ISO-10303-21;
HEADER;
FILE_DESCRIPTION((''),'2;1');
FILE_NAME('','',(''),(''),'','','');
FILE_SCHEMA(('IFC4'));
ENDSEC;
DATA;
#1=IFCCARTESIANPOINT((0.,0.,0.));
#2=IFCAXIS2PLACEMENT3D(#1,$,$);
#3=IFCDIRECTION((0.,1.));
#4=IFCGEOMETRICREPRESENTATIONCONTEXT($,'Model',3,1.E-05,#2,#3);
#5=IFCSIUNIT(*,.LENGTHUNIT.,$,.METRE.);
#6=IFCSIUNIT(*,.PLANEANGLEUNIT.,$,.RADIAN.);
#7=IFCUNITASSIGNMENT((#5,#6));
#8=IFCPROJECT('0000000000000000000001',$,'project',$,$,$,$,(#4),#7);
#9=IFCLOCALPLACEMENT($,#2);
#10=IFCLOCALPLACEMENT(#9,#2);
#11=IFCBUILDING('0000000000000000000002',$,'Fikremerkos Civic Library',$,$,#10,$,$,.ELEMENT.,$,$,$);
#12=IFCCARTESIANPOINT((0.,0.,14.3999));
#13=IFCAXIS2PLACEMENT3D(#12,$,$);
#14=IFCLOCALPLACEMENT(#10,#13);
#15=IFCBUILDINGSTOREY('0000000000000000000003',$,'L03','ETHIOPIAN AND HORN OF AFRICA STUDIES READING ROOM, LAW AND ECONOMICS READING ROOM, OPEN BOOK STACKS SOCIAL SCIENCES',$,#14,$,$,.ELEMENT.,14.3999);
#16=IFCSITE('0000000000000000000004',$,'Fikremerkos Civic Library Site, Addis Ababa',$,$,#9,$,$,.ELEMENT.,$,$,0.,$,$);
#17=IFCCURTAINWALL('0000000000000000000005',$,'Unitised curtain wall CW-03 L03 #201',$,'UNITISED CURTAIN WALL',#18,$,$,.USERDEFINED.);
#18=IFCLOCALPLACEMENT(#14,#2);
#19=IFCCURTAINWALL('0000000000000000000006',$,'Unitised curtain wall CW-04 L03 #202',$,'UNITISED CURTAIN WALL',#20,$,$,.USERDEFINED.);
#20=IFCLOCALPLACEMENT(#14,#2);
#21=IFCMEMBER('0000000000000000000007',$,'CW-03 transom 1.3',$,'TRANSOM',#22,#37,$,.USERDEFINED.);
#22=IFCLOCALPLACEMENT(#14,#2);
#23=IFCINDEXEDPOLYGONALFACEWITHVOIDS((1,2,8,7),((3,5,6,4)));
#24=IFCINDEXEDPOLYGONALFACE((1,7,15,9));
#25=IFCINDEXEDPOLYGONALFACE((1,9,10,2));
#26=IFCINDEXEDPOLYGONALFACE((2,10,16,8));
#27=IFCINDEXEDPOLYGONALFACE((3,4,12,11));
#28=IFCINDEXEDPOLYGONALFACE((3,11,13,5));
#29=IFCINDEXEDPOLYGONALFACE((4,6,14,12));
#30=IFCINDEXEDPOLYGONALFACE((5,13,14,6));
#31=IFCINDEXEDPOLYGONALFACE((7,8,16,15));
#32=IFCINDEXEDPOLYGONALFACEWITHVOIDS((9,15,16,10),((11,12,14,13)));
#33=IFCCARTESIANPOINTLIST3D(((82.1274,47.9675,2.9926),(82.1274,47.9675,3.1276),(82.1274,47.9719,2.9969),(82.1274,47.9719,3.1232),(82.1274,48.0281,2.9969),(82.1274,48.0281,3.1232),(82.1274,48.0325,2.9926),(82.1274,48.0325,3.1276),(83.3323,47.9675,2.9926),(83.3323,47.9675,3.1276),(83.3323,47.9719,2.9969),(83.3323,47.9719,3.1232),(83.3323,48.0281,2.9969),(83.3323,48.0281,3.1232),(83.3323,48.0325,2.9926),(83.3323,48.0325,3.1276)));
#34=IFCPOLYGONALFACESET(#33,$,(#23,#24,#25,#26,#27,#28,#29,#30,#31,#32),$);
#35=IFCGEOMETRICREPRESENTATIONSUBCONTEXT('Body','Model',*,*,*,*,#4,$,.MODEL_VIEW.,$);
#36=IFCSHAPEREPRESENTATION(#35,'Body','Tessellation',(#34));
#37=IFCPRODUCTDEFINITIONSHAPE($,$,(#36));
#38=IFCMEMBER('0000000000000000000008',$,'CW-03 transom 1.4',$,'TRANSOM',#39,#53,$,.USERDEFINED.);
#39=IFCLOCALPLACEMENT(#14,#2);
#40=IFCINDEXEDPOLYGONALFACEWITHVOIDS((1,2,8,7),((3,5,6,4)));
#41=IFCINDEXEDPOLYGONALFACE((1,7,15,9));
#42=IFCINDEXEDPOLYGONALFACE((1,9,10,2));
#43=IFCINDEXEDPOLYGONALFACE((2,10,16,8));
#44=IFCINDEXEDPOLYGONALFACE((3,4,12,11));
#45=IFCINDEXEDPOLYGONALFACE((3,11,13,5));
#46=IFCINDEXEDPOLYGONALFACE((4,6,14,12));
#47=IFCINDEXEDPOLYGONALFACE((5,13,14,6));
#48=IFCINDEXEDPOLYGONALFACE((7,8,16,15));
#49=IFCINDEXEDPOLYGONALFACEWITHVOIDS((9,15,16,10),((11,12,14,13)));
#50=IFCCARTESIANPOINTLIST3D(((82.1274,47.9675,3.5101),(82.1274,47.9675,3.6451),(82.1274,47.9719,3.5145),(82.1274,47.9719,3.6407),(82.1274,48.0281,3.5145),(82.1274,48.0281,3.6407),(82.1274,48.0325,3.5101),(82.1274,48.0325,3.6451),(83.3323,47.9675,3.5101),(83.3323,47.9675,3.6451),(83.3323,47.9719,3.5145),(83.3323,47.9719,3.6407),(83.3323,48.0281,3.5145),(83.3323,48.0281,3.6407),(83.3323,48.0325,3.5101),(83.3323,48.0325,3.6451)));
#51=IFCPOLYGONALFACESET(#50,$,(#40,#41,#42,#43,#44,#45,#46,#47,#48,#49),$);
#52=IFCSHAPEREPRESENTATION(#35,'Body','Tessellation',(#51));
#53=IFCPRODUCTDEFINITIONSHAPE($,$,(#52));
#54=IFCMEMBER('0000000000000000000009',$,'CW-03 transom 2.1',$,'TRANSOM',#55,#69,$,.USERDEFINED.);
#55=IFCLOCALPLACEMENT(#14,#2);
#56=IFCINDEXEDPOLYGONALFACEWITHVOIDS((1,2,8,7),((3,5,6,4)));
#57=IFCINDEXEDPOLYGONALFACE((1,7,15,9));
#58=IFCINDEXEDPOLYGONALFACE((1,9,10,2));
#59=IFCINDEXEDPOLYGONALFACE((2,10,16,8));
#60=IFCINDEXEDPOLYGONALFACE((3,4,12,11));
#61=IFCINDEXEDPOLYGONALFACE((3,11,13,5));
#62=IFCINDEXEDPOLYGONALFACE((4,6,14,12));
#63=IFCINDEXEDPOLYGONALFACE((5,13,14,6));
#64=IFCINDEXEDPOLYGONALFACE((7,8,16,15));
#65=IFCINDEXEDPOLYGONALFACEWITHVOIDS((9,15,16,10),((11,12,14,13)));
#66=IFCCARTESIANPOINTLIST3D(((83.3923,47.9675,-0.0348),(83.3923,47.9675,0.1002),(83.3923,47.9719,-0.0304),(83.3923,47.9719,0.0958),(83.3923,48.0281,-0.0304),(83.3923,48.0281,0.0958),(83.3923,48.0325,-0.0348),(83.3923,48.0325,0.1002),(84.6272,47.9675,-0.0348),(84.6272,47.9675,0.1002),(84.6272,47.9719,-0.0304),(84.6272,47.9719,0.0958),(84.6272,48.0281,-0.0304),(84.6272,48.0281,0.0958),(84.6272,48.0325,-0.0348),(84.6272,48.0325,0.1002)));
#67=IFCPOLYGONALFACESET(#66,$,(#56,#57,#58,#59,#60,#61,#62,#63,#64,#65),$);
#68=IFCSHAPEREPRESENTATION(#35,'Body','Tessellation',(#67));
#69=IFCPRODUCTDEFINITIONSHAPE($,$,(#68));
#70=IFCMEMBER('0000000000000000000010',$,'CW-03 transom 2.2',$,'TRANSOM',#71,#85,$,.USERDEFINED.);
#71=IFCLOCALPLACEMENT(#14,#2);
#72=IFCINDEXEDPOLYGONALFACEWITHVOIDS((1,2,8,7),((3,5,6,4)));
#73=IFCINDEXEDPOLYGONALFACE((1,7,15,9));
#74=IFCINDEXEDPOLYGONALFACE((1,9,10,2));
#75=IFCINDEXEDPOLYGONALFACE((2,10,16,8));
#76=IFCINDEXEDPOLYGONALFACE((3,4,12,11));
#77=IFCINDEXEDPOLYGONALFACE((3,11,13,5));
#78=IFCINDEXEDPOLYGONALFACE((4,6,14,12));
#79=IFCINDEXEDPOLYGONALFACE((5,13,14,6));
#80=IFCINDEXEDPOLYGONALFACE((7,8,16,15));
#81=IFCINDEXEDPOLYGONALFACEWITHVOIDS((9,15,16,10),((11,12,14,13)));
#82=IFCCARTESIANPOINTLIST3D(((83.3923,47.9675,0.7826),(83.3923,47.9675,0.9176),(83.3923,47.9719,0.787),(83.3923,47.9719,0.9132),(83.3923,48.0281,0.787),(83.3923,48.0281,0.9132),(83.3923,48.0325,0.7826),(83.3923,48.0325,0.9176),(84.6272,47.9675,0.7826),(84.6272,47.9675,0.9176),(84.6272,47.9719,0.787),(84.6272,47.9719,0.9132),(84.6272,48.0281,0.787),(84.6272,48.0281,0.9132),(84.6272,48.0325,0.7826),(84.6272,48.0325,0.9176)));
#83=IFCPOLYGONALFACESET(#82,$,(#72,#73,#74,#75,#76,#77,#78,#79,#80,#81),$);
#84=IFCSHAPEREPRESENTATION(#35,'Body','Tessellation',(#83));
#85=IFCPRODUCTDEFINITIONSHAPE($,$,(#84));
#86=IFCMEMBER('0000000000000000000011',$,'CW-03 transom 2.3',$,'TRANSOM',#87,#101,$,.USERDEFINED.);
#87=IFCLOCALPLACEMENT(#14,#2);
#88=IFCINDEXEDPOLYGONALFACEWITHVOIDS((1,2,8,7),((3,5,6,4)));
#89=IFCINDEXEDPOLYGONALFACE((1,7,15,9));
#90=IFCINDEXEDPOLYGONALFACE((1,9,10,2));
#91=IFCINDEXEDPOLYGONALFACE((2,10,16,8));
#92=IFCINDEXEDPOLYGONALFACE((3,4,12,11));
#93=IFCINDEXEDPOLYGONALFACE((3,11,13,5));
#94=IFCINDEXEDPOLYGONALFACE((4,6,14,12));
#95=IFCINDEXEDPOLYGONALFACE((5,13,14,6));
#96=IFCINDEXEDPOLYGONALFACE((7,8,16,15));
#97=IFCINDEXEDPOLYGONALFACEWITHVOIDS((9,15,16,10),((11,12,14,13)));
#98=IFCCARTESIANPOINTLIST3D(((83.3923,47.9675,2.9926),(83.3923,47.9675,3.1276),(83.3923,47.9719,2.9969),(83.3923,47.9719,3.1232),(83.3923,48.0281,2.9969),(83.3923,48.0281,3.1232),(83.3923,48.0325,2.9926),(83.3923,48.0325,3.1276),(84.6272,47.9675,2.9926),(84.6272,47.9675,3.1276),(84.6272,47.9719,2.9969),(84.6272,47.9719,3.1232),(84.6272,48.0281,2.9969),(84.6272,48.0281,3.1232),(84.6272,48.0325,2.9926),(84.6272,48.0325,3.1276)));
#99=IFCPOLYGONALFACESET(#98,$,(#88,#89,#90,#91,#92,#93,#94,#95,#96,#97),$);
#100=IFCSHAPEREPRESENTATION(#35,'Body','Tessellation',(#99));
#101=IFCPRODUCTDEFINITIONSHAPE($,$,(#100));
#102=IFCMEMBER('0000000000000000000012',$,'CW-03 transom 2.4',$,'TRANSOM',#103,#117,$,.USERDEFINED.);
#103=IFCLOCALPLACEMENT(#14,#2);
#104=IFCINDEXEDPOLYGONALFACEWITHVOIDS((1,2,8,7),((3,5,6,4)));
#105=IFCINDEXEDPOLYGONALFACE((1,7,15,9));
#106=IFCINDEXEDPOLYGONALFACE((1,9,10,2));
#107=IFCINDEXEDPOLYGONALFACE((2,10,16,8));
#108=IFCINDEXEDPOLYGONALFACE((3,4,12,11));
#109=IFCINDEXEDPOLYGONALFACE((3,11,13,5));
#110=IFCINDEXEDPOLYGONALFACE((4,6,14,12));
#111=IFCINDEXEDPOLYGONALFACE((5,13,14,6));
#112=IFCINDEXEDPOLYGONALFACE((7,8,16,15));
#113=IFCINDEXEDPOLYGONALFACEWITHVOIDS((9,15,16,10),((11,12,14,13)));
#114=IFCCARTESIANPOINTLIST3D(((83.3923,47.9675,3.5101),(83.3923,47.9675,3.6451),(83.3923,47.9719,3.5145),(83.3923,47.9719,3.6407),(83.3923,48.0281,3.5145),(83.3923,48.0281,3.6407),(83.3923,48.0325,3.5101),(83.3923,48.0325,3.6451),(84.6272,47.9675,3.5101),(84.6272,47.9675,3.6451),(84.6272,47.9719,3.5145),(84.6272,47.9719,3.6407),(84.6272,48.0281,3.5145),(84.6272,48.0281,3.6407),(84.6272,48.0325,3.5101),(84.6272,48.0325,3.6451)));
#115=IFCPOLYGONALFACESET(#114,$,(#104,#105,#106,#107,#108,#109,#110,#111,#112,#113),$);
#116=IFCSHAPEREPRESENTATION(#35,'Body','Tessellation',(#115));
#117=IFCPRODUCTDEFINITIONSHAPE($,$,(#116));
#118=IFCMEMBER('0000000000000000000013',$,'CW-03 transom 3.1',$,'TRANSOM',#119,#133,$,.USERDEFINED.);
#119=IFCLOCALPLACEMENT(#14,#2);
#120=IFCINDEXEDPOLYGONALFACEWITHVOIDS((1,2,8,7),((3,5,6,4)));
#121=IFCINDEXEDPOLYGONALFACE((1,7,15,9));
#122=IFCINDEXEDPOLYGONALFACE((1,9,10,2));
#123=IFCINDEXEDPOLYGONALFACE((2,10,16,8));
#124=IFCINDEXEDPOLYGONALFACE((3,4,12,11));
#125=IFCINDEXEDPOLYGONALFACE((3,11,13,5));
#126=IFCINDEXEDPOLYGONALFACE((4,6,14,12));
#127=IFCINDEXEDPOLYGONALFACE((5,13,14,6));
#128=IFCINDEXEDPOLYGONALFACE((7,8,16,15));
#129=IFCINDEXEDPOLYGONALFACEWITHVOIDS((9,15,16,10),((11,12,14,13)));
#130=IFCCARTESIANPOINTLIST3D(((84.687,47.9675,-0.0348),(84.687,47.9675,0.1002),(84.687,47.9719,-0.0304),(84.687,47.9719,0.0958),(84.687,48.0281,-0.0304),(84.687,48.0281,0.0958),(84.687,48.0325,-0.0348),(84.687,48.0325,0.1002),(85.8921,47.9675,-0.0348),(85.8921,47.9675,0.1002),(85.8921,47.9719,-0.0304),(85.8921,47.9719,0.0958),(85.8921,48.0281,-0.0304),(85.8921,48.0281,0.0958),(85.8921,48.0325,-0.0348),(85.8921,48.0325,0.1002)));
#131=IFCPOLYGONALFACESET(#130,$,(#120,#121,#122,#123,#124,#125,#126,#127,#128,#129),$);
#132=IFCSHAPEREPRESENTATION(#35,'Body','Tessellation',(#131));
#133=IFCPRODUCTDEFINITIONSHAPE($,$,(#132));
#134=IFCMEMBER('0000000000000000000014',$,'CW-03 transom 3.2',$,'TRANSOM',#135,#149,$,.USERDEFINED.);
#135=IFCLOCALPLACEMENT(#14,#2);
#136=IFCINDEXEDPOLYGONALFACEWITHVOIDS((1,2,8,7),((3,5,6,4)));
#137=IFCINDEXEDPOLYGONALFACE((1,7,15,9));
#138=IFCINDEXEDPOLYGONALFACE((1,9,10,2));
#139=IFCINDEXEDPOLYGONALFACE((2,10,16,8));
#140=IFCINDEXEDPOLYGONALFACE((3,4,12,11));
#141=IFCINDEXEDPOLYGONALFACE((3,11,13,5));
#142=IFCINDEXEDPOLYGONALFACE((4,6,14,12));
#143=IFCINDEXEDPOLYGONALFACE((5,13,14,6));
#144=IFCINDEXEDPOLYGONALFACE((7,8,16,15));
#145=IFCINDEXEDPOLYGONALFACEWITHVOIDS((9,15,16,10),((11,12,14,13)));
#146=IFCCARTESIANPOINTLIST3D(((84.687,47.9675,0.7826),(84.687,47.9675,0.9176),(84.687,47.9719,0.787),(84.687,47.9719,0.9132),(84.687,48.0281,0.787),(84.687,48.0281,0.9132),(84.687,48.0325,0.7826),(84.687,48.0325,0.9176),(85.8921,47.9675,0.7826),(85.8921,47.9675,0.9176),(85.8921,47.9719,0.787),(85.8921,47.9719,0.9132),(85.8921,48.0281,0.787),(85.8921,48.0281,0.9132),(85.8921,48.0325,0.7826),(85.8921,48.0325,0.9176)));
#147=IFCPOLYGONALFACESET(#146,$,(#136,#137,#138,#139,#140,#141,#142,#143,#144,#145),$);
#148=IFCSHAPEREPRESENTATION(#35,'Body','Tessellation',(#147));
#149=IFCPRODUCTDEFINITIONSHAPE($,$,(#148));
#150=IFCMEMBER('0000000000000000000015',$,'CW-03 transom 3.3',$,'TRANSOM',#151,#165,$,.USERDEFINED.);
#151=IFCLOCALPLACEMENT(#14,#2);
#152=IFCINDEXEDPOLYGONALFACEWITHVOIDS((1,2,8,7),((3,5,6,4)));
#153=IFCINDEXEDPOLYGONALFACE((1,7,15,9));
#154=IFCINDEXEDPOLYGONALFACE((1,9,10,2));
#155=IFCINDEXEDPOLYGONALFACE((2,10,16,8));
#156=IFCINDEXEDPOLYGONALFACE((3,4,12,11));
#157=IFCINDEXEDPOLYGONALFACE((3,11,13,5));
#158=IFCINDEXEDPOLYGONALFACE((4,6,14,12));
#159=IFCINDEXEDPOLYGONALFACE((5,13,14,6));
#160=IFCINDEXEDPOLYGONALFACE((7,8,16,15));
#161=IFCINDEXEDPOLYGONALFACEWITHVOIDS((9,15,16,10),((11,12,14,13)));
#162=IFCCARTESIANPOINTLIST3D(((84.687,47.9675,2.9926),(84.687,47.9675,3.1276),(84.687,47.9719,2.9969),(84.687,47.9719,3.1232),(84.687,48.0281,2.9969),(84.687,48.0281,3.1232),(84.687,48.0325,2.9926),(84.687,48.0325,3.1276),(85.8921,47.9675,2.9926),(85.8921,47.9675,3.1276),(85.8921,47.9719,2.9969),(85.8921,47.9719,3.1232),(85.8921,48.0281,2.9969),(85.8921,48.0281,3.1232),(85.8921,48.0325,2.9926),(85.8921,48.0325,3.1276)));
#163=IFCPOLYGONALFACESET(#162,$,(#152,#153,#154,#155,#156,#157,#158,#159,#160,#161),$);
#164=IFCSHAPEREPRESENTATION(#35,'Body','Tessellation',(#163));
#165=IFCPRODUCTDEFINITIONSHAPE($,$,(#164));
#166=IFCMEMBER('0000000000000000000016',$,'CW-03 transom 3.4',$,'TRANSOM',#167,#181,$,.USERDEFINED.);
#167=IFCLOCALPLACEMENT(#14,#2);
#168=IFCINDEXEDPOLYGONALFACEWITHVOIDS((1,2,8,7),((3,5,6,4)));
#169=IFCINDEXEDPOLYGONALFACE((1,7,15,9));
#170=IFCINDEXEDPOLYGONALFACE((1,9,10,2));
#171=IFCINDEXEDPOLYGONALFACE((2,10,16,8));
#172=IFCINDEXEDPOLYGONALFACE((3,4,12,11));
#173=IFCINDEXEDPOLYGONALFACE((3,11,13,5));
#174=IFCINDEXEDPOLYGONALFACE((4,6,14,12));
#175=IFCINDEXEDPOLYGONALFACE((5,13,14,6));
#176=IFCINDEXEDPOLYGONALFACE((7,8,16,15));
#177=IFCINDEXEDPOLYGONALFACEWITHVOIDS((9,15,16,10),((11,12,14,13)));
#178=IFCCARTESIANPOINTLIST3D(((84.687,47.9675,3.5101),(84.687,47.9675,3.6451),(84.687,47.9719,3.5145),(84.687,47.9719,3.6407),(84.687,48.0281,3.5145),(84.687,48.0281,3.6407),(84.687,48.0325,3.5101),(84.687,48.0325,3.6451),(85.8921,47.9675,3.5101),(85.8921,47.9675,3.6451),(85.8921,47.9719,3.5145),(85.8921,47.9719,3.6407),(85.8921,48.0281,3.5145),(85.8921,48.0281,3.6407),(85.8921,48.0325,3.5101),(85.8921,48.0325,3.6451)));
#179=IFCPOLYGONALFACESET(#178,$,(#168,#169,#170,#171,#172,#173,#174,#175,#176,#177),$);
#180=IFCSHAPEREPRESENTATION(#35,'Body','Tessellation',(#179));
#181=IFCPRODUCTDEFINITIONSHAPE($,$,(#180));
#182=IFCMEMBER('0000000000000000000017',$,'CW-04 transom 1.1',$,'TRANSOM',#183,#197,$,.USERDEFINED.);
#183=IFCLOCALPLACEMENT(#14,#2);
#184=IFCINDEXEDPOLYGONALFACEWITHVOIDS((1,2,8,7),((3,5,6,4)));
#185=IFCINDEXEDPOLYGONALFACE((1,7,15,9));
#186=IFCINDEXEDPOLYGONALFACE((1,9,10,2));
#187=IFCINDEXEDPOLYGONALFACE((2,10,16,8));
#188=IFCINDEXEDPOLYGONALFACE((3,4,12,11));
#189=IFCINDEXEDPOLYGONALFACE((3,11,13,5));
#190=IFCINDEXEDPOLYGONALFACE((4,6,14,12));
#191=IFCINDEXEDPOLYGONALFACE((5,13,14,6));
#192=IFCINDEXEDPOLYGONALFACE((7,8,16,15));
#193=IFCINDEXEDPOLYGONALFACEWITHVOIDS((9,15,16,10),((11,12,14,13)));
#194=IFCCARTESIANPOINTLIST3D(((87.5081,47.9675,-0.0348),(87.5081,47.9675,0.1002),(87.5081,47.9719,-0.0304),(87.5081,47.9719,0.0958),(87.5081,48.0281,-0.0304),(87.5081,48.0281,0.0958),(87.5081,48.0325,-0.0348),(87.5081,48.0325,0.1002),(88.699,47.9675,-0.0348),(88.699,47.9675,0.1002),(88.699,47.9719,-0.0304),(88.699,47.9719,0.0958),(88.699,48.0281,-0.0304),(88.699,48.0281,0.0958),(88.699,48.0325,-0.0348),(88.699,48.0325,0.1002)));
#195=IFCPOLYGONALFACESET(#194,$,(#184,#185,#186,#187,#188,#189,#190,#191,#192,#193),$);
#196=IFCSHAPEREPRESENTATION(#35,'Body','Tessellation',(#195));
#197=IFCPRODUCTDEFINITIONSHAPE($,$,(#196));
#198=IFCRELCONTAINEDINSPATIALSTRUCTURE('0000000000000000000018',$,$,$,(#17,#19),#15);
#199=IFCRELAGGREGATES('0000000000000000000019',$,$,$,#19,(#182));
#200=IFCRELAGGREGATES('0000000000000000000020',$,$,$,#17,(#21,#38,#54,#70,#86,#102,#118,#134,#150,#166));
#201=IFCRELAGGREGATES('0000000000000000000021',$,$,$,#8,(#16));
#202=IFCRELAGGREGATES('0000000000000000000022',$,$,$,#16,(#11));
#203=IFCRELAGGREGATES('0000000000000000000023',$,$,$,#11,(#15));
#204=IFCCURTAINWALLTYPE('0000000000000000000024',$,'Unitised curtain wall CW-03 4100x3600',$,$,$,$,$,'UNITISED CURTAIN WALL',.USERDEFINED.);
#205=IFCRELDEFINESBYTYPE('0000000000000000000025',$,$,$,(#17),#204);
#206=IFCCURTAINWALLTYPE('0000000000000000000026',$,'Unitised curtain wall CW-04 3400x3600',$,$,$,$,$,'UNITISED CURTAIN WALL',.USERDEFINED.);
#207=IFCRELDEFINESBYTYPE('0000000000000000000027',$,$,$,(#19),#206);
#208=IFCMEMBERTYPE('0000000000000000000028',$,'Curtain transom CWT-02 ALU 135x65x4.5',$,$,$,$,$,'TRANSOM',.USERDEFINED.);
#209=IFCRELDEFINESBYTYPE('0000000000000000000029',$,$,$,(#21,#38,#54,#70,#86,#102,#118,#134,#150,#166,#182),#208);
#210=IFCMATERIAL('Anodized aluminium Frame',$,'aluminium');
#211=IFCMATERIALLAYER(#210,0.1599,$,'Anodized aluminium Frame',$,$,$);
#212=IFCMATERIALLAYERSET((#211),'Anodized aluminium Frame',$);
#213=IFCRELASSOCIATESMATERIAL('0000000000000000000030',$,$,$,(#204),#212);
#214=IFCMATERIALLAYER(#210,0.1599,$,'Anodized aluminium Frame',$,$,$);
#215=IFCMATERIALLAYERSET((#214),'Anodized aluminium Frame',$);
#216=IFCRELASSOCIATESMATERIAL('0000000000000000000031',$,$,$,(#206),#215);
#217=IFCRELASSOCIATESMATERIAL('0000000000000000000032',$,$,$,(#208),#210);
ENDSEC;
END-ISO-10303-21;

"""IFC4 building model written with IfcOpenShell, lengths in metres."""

from ifc_helpers import new_model, si_unit, direction, frame, origin, origin_2d, place, context, subcontext, project, spatial, hollow_rectangle, extrude, material, layer, layer_set, material_profile, profile_set, type_object, element, aggregate, save


model = new_model("IFC4")

# Units and contexts
model_context = context("Model", 3, precision=1e-05, world=origin(), true_north=direction((0.0, 1.0)))
body_context = subcontext(model_context, "Body", "Model", "MODEL_VIEW")
ifc_project = project(units=[si_unit("LENGTHUNIT", "METRE"), si_unit("PLANEANGLEUNIT", "RADIAN")], contexts=[model_context])

# Site, building, storey
site_placement = place(None, origin())
site = spatial("IfcSite", under=ifc_project, at=site_placement, Name="Fikremerkos Civic Library Site, Addis Ababa", CompositionType="ELEMENT", RefElevation=0.0)
building_placement = place(site_placement, origin())
building = spatial("IfcBuilding", under=site, at=building_placement, Name="Fikremerkos Civic Library", CompositionType="ELEMENT")
storey_placement = place(building_placement, frame((0.0, 0.0, 14.3999)))
storey = spatial("IfcBuildingStorey", under=building, at=storey_placement, Name="L03", Description="ETHIOPIAN AND HORN OF AFRICA STUDIES READING ROOM, LAW AND ECONOMICS READING ROOM, OPEN BOOK STACKS SOCIAL SCIENCES", CompositionType="ELEMENT", Elevation=14.3999)

# Shared definitions
ifc_material_1 = material(Name="Anodized aluminium Frame", Category="aluminium")

# Curtain wall
ifc_layer_1 = layer(ifc_material_1, 0.1599, Name="Anodized aluminium Frame")
ifc_layer_set_1 = layer_set([ifc_layer_1], Name="Anodized aluminium Frame")
curtain_wall_type_1 = type_object("IfcCurtainWallType", Name="Unitised curtain wall CW-03 4100x3600", ElementType="UNITISED CURTAIN WALL", PredefinedType="USERDEFINED", material=ifc_layer_set_1)
curtain_wall_1_placement = place(storey_placement, origin())
curtain_wall_1 = element("IfcCurtainWall", 1, at=curtain_wall_1_placement, inside=storey, type_object=curtain_wall_type_1, Name="Unitised curtain wall CW-03 L03 #201", ObjectType="UNITISED CURTAIN WALL", PredefinedType="USERDEFINED")

# Curtain wall
ifc_layer_2 = layer(ifc_material_1, 0.1599, Name="Anodized aluminium Frame")
ifc_layer_set_2 = layer_set([ifc_layer_2], Name="Anodized aluminium Frame")
curtain_wall_type_2 = type_object("IfcCurtainWallType", Name="Unitised curtain wall CW-04 3400x3600", ElementType="UNITISED CURTAIN WALL", PredefinedType="USERDEFINED", material=ifc_layer_set_2)
curtain_wall_2_placement = place(storey_placement, origin())
curtain_wall_2 = element("IfcCurtainWall", 2, at=curtain_wall_2_placement, inside=storey, type_object=curtain_wall_type_2, Name="Unitised curtain wall CW-04 L03 #202", ObjectType="UNITISED CURTAIN WALL", PredefinedType="USERDEFINED")

# Members
ifc_material_profile_1 = material_profile(ifc_material_1, hollow_rectangle(XDim=0.0649, YDim=0.135, WallThickness=0.0044, at=origin_2d()), Name="ALU 135x65x4.5")
ifc_profile_set_1 = profile_set([ifc_material_profile_1], Name="Anodized aluminium Frame")
member_type_1 = type_object("IfcMemberType", Name="Curtain transom CWT-02 ALU 135x65x4.5", ElementType="TRANSOM", PredefinedType="USERDEFINED", material=ifc_profile_set_1)
member_1_placement = place(storey_placement, frame((82.1274, 48.0, 3.0601), z_axis=(1.0, 0.0, 0.0), x_axis=(0.0, 1.0, 0.0)))
member_1 = element("IfcMember", 3, at=member_1_placement, type_object=member_type_1, Name="CW-03 transom 1.3", ObjectType="TRANSOM", PredefinedType="USERDEFINED", context=body_context, shape_type="SweptSolid", body=[
    extrude(hollow_rectangle(XDim=0.0649, YDim=0.135, WallThickness=0.0044, at=origin_2d()), origin(), (0.0, 0.0, 1.0), 1.2048),
])
member_2_placement = place(storey_placement, frame((82.1274, 48.0, 3.5776), z_axis=(1.0, 0.0, 0.0), x_axis=(0.0, 1.0, 0.0)))
member_2 = element("IfcMember", 4, at=member_2_placement, type_object=member_type_1, Name="CW-03 transom 1.4", ObjectType="TRANSOM", PredefinedType="USERDEFINED", context=body_context, shape_type="SweptSolid", body=[
    extrude(hollow_rectangle(XDim=0.0649, YDim=0.135, WallThickness=0.0044, at=origin_2d()), origin(), (0.0, 0.0, 1.0), 1.2048),
])
member_3_placement = place(storey_placement, frame((83.3923, 48.0, 0.0327), z_axis=(1.0, 0.0, 0.0), x_axis=(0.0, 1.0, 0.0)))
member_3 = element("IfcMember", 5, at=member_3_placement, type_object=member_type_1, Name="CW-03 transom 2.1", ObjectType="TRANSOM", PredefinedType="USERDEFINED", context=body_context, shape_type="SweptSolid", body=[
    extrude(hollow_rectangle(XDim=0.0649, YDim=0.135, WallThickness=0.0044, at=origin_2d()), origin(), (0.0, 0.0, 1.0), 1.2349),
])
member_4_placement = place(storey_placement, frame((83.3923, 48.0, 0.8501), z_axis=(1.0, 0.0, 0.0), x_axis=(0.0, 1.0, 0.0)))
member_4 = element("IfcMember", 6, at=member_4_placement, type_object=member_type_1, Name="CW-03 transom 2.2", ObjectType="TRANSOM", PredefinedType="USERDEFINED", context=body_context, shape_type="SweptSolid", body=[
    extrude(hollow_rectangle(XDim=0.0649, YDim=0.135, WallThickness=0.0044, at=origin_2d()), origin(), (0.0, 0.0, 1.0), 1.2349),
])
member_5_placement = place(storey_placement, frame((83.3923, 48.0, 3.0601), z_axis=(1.0, 0.0, 0.0), x_axis=(0.0, 1.0, 0.0)))
member_5 = element("IfcMember", 7, at=member_5_placement, type_object=member_type_1, Name="CW-03 transom 2.3", ObjectType="TRANSOM", PredefinedType="USERDEFINED", context=body_context, shape_type="SweptSolid", body=[
    extrude(hollow_rectangle(XDim=0.0649, YDim=0.135, WallThickness=0.0044, at=origin_2d()), origin(), (0.0, 0.0, 1.0), 1.2349),
])
member_6_placement = place(storey_placement, frame((83.3923, 48.0, 3.5776), z_axis=(1.0, 0.0, 0.0), x_axis=(0.0, 1.0, 0.0)))
member_6 = element("IfcMember", 8, at=member_6_placement, type_object=member_type_1, Name="CW-03 transom 2.4", ObjectType="TRANSOM", PredefinedType="USERDEFINED", context=body_context, shape_type="SweptSolid", body=[
    extrude(hollow_rectangle(XDim=0.0649, YDim=0.135, WallThickness=0.0044, at=origin_2d()), origin(), (0.0, 0.0, 1.0), 1.2349),
])
member_7_placement = place(storey_placement, frame((84.687, 48.0, 0.0327), z_axis=(1.0, 0.0, 0.0), x_axis=(0.0, 1.0, 0.0)))
member_7 = element("IfcMember", 9, at=member_7_placement, type_object=member_type_1, Name="CW-03 transom 3.1", ObjectType="TRANSOM", PredefinedType="USERDEFINED", context=body_context, shape_type="SweptSolid", body=[
    extrude(hollow_rectangle(XDim=0.0649, YDim=0.135, WallThickness=0.0044, at=origin_2d()), origin(), (0.0, 0.0, 1.0), 1.2051),
])
member_8_placement = place(storey_placement, frame((84.687, 48.0, 0.8501), z_axis=(1.0, 0.0, 0.0), x_axis=(0.0, 1.0, 0.0)))
member_8 = element("IfcMember", 10, at=member_8_placement, type_object=member_type_1, Name="CW-03 transom 3.2", ObjectType="TRANSOM", PredefinedType="USERDEFINED", context=body_context, shape_type="SweptSolid", body=[
    extrude(hollow_rectangle(XDim=0.0649, YDim=0.135, WallThickness=0.0044, at=origin_2d()), origin(), (0.0, 0.0, 1.0), 1.2051),
])
member_9_placement = place(storey_placement, frame((84.687, 48.0, 3.0601), z_axis=(1.0, 0.0, 0.0), x_axis=(0.0, 1.0, 0.0)))
member_9 = element("IfcMember", 11, at=member_9_placement, type_object=member_type_1, Name="CW-03 transom 3.3", ObjectType="TRANSOM", PredefinedType="USERDEFINED", context=body_context, shape_type="SweptSolid", body=[
    extrude(hollow_rectangle(XDim=0.0649, YDim=0.135, WallThickness=0.0044, at=origin_2d()), origin(), (0.0, 0.0, 1.0), 1.2051),
])
member_10_placement = place(storey_placement, frame((84.687, 48.0, 3.5776), z_axis=(1.0, 0.0, 0.0), x_axis=(0.0, 1.0, 0.0)))
member_10 = element("IfcMember", 12, at=member_10_placement, type_object=member_type_1, Name="CW-03 transom 3.4", ObjectType="TRANSOM", PredefinedType="USERDEFINED", context=body_context, shape_type="SweptSolid", body=[
    extrude(hollow_rectangle(XDim=0.0649, YDim=0.135, WallThickness=0.0044, at=origin_2d()), origin(), (0.0, 0.0, 1.0), 1.2051),
])
member_11_placement = place(storey_placement, frame((87.5081, 48.0, 0.0327), z_axis=(1.0, 0.0, 0.0), x_axis=(0.0, 1.0, 0.0)))
member_11 = element("IfcMember", 13, at=member_11_placement, type_object=member_type_1, Name="CW-04 transom 1.1", ObjectType="TRANSOM", PredefinedType="USERDEFINED", context=body_context, shape_type="SweptSolid", body=[
    extrude(hollow_rectangle(XDim=0.0649, YDim=0.135, WallThickness=0.0044, at=origin_2d()), origin(), (0.0, 0.0, 1.0), 1.1909),
])
aggregate(curtain_wall_2, [member_11])

aggregate(curtain_wall_1, [member_1, member_2, member_3, member_4, member_5, member_6, member_7, member_8, member_9, member_10])

save(model, "model.ifc")
